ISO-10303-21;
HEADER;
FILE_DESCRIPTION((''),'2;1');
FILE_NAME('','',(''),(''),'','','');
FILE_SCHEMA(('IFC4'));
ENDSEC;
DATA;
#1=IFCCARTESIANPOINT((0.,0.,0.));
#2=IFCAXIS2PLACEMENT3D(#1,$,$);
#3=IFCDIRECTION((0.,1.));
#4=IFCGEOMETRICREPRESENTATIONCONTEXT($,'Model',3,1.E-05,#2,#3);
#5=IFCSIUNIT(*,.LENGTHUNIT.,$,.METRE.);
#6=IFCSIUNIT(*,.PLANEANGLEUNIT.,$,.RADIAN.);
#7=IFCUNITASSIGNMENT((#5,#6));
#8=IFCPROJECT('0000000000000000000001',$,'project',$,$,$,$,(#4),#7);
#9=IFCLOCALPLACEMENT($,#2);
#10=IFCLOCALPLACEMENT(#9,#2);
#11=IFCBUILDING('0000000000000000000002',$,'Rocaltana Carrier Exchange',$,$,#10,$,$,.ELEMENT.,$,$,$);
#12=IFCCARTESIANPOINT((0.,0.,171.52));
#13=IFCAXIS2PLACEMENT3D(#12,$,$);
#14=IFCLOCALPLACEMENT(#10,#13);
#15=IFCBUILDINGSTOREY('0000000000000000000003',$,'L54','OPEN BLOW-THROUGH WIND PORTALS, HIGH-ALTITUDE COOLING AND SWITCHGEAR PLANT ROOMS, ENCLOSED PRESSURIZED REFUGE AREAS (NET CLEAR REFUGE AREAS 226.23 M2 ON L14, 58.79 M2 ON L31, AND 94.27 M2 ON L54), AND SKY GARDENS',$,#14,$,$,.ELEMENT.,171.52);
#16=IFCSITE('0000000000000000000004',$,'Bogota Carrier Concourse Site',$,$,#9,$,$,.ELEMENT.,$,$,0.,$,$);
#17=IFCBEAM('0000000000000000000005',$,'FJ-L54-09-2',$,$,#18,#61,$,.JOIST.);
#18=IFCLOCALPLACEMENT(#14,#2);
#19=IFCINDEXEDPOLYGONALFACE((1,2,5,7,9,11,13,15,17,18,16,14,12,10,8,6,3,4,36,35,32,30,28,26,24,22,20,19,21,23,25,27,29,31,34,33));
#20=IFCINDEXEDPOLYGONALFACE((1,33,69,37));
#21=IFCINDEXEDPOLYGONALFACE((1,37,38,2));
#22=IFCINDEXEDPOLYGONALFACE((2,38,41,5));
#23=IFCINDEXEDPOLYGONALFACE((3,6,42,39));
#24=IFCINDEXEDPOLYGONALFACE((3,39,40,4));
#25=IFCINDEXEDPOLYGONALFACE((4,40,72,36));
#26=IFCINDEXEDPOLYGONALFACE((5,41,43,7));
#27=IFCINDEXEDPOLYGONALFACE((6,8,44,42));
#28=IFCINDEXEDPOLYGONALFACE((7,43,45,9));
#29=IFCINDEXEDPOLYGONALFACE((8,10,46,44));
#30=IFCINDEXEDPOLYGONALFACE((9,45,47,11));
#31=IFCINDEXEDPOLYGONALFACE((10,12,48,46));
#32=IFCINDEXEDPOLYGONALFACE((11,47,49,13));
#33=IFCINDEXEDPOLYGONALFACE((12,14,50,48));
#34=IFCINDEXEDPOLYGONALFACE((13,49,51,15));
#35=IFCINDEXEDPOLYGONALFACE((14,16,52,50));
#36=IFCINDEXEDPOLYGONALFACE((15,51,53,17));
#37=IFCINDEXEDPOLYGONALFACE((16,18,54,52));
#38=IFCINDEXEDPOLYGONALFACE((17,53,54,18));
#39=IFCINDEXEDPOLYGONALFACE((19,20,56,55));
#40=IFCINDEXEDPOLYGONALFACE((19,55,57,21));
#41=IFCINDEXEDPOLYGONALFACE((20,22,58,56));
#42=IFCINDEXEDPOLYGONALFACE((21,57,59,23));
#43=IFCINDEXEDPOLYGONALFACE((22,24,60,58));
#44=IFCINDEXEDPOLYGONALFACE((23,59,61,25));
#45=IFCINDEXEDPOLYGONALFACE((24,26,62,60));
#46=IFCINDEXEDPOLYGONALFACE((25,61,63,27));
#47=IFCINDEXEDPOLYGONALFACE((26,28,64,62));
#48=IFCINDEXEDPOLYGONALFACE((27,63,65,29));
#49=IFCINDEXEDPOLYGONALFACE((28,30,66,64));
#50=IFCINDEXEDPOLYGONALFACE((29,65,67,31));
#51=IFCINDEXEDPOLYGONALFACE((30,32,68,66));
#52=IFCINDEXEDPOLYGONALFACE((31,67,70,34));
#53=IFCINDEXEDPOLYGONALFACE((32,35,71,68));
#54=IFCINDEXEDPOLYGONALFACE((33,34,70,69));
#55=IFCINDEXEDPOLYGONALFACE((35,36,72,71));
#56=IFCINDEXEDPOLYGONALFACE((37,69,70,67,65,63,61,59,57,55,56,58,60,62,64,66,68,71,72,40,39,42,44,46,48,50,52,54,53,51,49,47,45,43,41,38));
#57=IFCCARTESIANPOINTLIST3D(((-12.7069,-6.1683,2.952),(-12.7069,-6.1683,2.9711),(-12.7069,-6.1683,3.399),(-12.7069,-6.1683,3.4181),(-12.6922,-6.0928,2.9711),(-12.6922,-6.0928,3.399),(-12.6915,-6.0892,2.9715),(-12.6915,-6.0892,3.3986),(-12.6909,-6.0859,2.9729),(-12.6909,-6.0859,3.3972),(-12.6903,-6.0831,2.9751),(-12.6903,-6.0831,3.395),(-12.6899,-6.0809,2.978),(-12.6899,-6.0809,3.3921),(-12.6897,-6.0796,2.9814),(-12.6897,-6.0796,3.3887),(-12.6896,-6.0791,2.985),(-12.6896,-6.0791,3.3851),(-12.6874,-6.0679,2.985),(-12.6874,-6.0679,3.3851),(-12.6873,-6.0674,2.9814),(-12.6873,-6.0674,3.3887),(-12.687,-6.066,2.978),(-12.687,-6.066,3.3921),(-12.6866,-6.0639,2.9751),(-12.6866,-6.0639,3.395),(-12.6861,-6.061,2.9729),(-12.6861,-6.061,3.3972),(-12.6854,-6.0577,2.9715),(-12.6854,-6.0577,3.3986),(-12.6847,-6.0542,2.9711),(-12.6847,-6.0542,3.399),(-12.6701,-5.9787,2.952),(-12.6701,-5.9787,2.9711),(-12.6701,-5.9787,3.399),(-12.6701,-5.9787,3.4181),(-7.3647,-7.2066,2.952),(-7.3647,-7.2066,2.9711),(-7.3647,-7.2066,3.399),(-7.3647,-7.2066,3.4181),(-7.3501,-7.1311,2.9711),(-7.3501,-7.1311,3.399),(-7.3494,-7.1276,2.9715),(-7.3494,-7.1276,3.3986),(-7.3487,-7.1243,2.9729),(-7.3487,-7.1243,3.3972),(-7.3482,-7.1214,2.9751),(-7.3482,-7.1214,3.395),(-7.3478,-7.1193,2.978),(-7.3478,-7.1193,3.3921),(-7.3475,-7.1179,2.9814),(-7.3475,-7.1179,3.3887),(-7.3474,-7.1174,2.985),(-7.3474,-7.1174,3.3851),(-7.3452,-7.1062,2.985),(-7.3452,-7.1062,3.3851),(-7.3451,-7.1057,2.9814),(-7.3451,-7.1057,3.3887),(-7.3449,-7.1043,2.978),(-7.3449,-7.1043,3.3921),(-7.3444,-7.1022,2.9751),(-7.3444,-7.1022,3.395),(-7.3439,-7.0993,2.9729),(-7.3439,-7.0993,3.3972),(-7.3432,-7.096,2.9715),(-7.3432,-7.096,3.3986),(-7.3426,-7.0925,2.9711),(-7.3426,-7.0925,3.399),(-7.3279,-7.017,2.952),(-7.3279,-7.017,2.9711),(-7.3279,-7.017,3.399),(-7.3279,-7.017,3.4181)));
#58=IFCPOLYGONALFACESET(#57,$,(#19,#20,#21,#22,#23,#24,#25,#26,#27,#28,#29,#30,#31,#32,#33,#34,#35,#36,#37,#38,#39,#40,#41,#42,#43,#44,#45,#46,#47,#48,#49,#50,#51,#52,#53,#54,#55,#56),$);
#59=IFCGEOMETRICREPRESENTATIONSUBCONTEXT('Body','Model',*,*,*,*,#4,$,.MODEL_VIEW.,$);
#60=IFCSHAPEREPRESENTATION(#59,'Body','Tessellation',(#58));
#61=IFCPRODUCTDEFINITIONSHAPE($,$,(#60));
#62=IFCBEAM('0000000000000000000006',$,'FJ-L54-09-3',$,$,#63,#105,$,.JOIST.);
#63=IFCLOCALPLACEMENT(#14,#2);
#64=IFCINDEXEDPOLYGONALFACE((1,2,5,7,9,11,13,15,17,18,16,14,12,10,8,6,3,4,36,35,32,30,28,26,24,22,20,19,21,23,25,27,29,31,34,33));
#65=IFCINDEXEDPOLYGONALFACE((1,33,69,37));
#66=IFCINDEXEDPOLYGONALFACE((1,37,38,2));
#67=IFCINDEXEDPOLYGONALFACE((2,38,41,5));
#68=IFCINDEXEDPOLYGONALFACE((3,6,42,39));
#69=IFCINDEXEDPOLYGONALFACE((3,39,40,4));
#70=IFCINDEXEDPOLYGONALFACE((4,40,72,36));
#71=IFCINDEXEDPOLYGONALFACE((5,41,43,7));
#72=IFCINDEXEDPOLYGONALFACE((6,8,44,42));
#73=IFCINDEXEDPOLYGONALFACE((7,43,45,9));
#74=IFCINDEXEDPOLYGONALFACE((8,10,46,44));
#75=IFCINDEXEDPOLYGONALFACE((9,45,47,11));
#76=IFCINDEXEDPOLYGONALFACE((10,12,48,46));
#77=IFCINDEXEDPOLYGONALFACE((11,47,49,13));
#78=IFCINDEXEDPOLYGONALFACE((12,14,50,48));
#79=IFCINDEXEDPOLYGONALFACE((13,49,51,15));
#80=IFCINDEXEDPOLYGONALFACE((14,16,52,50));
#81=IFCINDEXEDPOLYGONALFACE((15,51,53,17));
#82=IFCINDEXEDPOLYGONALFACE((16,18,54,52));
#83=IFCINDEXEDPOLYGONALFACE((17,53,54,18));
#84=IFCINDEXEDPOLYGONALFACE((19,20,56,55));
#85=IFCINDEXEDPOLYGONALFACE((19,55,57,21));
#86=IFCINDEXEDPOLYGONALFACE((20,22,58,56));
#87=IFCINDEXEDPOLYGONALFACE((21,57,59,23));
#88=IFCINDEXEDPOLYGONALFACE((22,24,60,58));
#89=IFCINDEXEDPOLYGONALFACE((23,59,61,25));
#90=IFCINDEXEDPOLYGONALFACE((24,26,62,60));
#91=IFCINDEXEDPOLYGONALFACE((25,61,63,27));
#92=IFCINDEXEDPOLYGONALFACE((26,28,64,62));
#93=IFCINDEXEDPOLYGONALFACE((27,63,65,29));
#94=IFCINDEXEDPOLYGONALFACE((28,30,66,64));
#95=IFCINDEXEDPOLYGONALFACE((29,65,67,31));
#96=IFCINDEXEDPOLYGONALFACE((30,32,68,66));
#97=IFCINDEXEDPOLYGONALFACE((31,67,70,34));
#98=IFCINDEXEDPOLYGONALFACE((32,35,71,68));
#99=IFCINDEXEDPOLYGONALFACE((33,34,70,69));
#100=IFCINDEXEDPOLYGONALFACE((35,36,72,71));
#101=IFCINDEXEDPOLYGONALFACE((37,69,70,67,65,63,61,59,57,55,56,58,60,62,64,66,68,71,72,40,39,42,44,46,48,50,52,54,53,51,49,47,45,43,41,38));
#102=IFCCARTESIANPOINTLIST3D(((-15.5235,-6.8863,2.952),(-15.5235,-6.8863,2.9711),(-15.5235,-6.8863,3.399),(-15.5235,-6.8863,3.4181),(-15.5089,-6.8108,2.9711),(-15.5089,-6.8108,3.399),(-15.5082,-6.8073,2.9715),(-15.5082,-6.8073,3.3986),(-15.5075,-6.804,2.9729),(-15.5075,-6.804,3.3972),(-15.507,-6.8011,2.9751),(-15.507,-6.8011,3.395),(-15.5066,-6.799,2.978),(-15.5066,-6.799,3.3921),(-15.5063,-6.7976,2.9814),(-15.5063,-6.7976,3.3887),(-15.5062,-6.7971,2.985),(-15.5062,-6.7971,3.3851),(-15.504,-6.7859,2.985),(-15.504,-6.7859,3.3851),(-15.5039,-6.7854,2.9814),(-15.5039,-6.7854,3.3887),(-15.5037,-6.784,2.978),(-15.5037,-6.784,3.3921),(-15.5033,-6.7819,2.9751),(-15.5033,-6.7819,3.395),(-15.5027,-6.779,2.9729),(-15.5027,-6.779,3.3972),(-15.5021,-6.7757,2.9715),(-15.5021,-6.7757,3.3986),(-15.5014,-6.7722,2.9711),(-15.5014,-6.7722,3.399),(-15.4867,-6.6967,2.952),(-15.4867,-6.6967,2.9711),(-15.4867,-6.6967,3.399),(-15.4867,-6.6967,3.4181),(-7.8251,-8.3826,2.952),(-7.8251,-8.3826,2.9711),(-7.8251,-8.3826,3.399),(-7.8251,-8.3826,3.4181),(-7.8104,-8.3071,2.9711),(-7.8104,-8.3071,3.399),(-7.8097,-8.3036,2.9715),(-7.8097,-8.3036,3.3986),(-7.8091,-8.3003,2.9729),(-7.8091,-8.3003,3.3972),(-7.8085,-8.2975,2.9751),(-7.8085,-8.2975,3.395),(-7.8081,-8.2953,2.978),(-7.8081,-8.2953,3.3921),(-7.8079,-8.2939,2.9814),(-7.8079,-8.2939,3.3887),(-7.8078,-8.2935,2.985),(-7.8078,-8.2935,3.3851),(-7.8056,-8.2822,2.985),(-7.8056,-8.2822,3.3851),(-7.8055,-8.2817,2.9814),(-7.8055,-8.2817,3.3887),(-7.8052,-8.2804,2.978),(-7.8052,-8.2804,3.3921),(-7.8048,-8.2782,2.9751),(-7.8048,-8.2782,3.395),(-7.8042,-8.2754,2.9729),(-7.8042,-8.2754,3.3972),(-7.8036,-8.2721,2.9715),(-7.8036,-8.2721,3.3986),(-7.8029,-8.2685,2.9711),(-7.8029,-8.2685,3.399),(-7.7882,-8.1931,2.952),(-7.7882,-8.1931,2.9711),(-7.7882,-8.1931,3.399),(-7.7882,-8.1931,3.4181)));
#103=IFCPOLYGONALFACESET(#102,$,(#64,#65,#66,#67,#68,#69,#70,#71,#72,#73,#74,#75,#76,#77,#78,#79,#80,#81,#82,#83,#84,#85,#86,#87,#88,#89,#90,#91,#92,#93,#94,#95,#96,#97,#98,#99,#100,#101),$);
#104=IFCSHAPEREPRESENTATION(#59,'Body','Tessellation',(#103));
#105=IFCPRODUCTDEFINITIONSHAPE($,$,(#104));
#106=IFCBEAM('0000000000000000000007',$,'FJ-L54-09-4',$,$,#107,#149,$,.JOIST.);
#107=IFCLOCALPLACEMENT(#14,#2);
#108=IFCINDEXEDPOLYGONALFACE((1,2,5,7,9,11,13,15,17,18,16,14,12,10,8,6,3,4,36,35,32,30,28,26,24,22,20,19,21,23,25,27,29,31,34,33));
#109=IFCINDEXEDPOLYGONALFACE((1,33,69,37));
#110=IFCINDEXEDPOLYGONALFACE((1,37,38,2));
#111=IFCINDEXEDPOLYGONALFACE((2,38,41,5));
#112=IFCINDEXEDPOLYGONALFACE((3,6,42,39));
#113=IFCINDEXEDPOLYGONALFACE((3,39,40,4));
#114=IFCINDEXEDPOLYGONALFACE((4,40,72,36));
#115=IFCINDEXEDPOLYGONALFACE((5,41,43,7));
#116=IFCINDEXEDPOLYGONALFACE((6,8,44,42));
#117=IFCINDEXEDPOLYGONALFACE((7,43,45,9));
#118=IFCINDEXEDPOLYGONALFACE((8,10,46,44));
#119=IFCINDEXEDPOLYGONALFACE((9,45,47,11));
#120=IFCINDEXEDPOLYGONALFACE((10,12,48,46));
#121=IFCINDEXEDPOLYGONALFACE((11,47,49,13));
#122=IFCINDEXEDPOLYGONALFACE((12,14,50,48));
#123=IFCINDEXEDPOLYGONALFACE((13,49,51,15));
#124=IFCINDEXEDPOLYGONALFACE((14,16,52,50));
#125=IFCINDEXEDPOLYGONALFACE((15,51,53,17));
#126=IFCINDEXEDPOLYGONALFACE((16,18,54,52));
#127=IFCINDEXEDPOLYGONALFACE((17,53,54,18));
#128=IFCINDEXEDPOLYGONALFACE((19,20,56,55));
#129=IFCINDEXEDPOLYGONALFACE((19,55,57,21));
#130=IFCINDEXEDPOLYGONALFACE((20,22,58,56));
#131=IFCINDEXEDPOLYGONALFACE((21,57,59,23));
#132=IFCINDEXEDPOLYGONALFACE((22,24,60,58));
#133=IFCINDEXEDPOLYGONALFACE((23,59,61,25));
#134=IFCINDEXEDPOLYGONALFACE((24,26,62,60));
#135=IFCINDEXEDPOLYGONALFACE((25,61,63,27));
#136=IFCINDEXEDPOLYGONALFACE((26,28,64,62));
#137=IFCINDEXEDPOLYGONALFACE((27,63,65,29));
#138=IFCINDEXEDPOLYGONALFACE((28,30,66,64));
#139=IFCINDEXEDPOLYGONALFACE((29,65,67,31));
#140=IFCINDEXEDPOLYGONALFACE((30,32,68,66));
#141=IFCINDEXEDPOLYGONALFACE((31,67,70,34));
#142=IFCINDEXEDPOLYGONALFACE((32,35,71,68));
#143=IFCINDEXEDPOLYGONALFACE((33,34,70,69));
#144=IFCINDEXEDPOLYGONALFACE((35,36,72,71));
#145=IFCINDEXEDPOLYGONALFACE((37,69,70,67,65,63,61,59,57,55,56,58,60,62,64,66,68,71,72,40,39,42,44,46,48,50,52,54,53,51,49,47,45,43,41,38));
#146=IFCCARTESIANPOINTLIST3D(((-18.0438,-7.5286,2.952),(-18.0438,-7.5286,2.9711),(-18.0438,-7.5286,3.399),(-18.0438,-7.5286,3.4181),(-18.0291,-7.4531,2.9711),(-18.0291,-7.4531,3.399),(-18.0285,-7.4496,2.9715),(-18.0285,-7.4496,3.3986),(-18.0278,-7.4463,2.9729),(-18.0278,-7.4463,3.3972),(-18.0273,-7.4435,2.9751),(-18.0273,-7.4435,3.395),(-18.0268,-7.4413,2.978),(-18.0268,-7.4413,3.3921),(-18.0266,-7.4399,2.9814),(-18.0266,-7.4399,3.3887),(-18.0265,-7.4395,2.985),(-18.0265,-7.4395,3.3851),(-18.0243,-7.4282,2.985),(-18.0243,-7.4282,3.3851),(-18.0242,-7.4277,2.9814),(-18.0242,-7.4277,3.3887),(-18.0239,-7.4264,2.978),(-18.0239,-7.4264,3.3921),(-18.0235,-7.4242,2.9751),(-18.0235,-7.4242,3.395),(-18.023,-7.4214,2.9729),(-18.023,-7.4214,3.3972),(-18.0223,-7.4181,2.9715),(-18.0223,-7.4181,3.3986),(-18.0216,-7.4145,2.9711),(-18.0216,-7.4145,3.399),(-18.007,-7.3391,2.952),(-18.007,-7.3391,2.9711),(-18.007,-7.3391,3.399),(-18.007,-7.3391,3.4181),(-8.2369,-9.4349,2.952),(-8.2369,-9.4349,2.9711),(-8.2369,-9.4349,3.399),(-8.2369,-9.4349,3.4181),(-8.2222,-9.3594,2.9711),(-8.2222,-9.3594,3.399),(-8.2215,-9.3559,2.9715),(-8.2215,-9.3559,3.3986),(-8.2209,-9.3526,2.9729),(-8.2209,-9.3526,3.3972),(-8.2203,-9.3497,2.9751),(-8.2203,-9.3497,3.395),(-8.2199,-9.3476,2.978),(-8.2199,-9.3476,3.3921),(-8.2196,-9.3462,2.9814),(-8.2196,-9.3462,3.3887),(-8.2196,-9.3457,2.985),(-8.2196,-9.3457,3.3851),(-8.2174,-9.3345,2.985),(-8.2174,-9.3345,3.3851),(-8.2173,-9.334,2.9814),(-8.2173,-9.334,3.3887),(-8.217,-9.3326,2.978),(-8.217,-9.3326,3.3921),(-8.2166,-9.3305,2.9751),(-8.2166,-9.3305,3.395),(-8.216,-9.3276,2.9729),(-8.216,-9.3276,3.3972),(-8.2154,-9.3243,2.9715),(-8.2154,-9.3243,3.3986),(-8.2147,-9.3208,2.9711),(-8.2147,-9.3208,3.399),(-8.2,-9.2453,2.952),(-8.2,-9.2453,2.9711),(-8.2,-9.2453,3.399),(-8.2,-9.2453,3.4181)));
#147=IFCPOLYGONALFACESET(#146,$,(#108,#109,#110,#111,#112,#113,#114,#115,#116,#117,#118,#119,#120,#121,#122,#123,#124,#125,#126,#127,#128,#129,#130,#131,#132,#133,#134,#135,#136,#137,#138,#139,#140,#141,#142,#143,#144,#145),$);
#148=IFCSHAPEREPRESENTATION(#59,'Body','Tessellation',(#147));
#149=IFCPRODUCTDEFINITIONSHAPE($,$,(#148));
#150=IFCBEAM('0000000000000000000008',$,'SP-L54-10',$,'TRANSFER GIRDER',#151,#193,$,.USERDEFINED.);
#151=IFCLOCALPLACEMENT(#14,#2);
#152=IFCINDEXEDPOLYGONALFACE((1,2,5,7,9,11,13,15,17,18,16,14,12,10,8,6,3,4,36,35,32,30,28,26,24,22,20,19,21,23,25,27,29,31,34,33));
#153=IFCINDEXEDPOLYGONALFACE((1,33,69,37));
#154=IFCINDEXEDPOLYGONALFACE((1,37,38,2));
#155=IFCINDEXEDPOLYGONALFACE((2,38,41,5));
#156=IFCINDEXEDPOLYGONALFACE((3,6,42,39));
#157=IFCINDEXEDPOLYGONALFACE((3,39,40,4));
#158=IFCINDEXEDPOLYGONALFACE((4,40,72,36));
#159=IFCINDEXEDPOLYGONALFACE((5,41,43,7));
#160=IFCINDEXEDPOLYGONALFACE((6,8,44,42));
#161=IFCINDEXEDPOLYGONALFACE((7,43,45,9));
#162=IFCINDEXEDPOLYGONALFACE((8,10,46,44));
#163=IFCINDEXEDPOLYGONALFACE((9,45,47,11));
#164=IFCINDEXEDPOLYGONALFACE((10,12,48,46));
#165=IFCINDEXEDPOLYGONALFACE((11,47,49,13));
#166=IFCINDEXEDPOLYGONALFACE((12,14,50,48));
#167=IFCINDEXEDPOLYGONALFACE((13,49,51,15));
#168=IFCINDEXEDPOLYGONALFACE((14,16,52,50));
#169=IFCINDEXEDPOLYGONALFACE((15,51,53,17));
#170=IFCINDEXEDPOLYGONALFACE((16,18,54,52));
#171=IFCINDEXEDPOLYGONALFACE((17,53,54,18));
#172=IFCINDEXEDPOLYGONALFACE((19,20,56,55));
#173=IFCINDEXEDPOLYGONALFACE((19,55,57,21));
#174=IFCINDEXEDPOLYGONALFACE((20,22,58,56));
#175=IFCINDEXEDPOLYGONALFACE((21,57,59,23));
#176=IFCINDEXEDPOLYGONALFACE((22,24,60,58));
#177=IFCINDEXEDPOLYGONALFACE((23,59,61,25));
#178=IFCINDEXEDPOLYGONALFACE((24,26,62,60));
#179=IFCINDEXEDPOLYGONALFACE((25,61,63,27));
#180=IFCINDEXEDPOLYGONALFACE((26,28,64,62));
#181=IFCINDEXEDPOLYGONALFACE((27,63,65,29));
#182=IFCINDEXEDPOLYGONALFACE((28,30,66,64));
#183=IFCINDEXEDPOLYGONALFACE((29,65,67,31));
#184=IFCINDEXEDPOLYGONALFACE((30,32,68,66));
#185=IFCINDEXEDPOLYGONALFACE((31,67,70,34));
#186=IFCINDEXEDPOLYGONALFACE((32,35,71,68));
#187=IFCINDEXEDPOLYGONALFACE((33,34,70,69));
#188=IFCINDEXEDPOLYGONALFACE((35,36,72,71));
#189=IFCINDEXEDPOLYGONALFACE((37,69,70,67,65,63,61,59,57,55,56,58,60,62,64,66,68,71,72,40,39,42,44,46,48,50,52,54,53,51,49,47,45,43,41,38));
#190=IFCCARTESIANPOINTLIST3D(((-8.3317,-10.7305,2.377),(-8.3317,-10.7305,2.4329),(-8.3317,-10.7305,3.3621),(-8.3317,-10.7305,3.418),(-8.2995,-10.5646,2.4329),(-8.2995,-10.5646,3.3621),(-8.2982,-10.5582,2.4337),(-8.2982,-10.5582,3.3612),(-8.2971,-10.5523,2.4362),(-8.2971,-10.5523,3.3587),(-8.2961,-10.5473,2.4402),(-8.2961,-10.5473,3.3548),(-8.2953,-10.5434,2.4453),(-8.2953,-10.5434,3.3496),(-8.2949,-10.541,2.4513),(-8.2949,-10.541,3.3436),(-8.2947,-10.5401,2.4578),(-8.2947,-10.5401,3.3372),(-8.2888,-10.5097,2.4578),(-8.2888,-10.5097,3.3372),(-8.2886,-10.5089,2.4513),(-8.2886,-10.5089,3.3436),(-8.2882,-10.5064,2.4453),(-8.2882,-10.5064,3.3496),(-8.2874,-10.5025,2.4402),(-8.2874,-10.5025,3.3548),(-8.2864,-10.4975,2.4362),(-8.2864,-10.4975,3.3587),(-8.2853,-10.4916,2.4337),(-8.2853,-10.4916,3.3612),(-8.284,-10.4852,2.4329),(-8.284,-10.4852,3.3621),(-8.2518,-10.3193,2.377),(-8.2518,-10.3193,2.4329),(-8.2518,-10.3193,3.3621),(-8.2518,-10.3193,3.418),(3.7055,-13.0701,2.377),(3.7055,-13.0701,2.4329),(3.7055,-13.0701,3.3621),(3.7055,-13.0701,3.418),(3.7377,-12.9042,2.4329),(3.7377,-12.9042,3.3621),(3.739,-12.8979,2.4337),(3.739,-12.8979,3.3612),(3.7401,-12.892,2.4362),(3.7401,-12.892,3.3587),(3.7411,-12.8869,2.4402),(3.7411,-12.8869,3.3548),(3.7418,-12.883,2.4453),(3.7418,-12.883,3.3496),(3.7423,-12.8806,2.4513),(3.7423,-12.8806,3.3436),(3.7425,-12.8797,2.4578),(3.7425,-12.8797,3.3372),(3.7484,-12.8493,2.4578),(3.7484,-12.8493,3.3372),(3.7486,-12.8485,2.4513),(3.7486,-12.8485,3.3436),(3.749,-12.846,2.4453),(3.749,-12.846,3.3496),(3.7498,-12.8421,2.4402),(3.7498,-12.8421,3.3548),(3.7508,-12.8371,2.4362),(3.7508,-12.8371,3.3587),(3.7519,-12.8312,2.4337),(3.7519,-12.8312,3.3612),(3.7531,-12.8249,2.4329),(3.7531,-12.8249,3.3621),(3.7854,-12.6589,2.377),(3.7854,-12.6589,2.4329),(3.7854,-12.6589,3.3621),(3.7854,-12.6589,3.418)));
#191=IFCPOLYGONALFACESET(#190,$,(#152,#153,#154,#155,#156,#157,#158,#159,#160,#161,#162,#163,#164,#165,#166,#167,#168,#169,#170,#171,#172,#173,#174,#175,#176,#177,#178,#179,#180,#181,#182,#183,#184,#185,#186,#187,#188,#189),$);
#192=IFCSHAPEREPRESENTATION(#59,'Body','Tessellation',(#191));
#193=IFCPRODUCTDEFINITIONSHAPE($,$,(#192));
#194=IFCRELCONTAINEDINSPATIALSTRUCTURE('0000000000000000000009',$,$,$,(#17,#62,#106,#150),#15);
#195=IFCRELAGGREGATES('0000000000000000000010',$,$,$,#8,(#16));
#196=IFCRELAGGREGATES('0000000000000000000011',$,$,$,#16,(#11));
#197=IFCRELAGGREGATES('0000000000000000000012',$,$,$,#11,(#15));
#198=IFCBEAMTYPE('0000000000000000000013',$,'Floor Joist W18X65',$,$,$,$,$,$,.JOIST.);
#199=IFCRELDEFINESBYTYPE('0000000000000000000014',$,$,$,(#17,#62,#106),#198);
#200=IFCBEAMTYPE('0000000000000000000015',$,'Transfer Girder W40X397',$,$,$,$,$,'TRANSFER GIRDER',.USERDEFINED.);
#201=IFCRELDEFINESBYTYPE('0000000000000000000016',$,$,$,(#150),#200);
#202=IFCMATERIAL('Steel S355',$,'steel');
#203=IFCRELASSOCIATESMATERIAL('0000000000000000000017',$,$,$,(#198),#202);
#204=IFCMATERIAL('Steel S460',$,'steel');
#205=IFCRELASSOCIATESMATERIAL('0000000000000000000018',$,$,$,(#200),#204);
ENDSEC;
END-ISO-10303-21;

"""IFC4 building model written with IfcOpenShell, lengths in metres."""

from ifc_helpers import new_model, si_unit, direction, frame, origin, origin_2d, place, context, subcontext, project, spatial, i_section, extrude, material, material_profile, profile_set, type_object, element, save


model = new_model("IFC4")

# Units and contexts
model_context = context("Model", 3, precision=1e-05, world=origin(), true_north=direction((0.0, 1.0)))
body_context = subcontext(model_context, "Body", "Model", "MODEL_VIEW")
ifc_project = project(units=[si_unit("LENGTHUNIT", "METRE"), si_unit("PLANEANGLEUNIT", "RADIAN")], contexts=[model_context])

# Site, building, storey
site_placement = place(None, origin())
site = spatial("IfcSite", under=ifc_project, at=site_placement, Name="Bogota Carrier Concourse Site", CompositionType="ELEMENT", RefElevation=0.0)
building_placement = place(site_placement, origin())
building = spatial("IfcBuilding", under=site, at=building_placement, Name="Rocaltana Carrier Exchange", CompositionType="ELEMENT")
storey_placement = place(building_placement, frame((0.0, 0.0, 171.52)))
storey = spatial("IfcBuildingStorey", under=building, at=storey_placement, Name="L54", Description="OPEN BLOW-THROUGH WIND PORTALS, HIGH-ALTITUDE COOLING AND SWITCHGEAR PLANT ROOMS, ENCLOSED PRESSURIZED REFUGE AREAS (NET CLEAR REFUGE AREAS 226.23 M2 ON L14, 58.79 M2 ON L31, AND 94.27 M2 ON L54), AND SKY GARDENS", CompositionType="ELEMENT", Elevation=171.52)

# Beams
ifc_material_1 = material(Name="Steel S355", Category="steel")
ifc_material_profile_1 = material_profile(ifc_material_1, i_section(OverallWidth=0.1931, OverallDepth=0.4661, WebThickness=0.0115, FlangeThickness=0.019, FilletRadius=0.0139, at=origin_2d()), Name="W18X65")
ifc_profile_set_1 = profile_set([ifc_material_profile_1], Name="Steel S355")
beam_type_1 = type_object("IfcBeamType", Name="Floor Joist W18X65", PredefinedType="JOIST", material=ifc_profile_set_1)
beam_1_placement = place(storey_placement, frame((-12.6885, -6.0735, 3.1851), z_axis=(0.981631, -0.19079, 0.0), x_axis=(0.19079, 0.981631, 0.0)))
element("IfcBeam", 1, at=beam_1_placement, inside=storey, type_object=beam_type_1, Name="FJ-L54-09-2", PredefinedType="JOIST", context=body_context, shape_type="SweptSolid", body=[
    extrude(i_section(OverallWidth=0.1931, OverallDepth=0.4661, WebThickness=0.0115, FlangeThickness=0.019, FilletRadius=0.0139, at=origin_2d()), origin(), (0.0, 0.0, 1.0), 5.4421),
])
beam_2_placement = place(storey_placement, frame((-15.5051, -6.7915, 3.1851), z_axis=(0.981629, -0.190797, 0.0), x_axis=(0.190797, 0.981629, 0.0)))
element("IfcBeam", 2, at=beam_2_placement, inside=storey, type_object=beam_type_1, Name="FJ-L54-09-3", PredefinedType="JOIST", context=body_context, shape_type="SweptSolid", body=[
    extrude(i_section(OverallWidth=0.1931, OverallDepth=0.4661, WebThickness=0.0115, FlangeThickness=0.019, FilletRadius=0.0139, at=origin_2d()), origin(), (0.0, 0.0, 1.0), 7.8425),
])
beam_3_placement = place(storey_placement, frame((-18.0254, -7.4338, 3.1851), z_axis=(0.981627, -0.190808, 0.0), x_axis=(0.190808, 0.981627, 0.0)))
element("IfcBeam", 3, at=beam_3_placement, inside=storey, type_object=beam_type_1, Name="FJ-L54-09-4", PredefinedType="JOIST", context=body_context, shape_type="SweptSolid", body=[
    extrude(i_section(OverallWidth=0.1931, OverallDepth=0.4661, WebThickness=0.0115, FlangeThickness=0.019, FilletRadius=0.0139, at=origin_2d()), origin(), (0.0, 0.0, 1.0), 9.9905),
])
ifc_material_2 = material(Name="Steel S460", Category="steel")
ifc_material_profile_2 = material_profile(ifc_material_2, i_section(OverallWidth=0.4189, OverallDepth=1.041, WebThickness=0.031, FlangeThickness=0.0559, FilletRadius=0.0249, at=origin_2d()), Name="W40X397")
ifc_profile_set_2 = profile_set([ifc_material_profile_2], Name="Steel S460")
beam_type_2 = type_object("IfcBeamType", Name="Transfer Girder W40X397", ElementType="TRANSFER GIRDER", PredefinedType="USERDEFINED", material=ifc_profile_set_2)
beam_4_placement = place(storey_placement, frame((-8.2917, -10.5249, 2.8975), z_axis=(0.98163, -0.190795, 0.0), x_axis=(0.190795, 0.98163, 0.0)))
element("IfcBeam", 4, at=beam_4_placement, inside=storey, type_object=beam_type_2, Name="SP-L54-10", ObjectType="TRANSFER GIRDER", PredefinedType="USERDEFINED", context=body_context, shape_type="SweptSolid", body=[
    extrude(i_section(OverallWidth=0.4189, OverallDepth=1.041, WebThickness=0.031, FlangeThickness=0.0559, FilletRadius=0.0249, at=origin_2d()), origin(), (0.0, 0.0, 1.0), 12.2625),
])

save(model, "model.ifc")
